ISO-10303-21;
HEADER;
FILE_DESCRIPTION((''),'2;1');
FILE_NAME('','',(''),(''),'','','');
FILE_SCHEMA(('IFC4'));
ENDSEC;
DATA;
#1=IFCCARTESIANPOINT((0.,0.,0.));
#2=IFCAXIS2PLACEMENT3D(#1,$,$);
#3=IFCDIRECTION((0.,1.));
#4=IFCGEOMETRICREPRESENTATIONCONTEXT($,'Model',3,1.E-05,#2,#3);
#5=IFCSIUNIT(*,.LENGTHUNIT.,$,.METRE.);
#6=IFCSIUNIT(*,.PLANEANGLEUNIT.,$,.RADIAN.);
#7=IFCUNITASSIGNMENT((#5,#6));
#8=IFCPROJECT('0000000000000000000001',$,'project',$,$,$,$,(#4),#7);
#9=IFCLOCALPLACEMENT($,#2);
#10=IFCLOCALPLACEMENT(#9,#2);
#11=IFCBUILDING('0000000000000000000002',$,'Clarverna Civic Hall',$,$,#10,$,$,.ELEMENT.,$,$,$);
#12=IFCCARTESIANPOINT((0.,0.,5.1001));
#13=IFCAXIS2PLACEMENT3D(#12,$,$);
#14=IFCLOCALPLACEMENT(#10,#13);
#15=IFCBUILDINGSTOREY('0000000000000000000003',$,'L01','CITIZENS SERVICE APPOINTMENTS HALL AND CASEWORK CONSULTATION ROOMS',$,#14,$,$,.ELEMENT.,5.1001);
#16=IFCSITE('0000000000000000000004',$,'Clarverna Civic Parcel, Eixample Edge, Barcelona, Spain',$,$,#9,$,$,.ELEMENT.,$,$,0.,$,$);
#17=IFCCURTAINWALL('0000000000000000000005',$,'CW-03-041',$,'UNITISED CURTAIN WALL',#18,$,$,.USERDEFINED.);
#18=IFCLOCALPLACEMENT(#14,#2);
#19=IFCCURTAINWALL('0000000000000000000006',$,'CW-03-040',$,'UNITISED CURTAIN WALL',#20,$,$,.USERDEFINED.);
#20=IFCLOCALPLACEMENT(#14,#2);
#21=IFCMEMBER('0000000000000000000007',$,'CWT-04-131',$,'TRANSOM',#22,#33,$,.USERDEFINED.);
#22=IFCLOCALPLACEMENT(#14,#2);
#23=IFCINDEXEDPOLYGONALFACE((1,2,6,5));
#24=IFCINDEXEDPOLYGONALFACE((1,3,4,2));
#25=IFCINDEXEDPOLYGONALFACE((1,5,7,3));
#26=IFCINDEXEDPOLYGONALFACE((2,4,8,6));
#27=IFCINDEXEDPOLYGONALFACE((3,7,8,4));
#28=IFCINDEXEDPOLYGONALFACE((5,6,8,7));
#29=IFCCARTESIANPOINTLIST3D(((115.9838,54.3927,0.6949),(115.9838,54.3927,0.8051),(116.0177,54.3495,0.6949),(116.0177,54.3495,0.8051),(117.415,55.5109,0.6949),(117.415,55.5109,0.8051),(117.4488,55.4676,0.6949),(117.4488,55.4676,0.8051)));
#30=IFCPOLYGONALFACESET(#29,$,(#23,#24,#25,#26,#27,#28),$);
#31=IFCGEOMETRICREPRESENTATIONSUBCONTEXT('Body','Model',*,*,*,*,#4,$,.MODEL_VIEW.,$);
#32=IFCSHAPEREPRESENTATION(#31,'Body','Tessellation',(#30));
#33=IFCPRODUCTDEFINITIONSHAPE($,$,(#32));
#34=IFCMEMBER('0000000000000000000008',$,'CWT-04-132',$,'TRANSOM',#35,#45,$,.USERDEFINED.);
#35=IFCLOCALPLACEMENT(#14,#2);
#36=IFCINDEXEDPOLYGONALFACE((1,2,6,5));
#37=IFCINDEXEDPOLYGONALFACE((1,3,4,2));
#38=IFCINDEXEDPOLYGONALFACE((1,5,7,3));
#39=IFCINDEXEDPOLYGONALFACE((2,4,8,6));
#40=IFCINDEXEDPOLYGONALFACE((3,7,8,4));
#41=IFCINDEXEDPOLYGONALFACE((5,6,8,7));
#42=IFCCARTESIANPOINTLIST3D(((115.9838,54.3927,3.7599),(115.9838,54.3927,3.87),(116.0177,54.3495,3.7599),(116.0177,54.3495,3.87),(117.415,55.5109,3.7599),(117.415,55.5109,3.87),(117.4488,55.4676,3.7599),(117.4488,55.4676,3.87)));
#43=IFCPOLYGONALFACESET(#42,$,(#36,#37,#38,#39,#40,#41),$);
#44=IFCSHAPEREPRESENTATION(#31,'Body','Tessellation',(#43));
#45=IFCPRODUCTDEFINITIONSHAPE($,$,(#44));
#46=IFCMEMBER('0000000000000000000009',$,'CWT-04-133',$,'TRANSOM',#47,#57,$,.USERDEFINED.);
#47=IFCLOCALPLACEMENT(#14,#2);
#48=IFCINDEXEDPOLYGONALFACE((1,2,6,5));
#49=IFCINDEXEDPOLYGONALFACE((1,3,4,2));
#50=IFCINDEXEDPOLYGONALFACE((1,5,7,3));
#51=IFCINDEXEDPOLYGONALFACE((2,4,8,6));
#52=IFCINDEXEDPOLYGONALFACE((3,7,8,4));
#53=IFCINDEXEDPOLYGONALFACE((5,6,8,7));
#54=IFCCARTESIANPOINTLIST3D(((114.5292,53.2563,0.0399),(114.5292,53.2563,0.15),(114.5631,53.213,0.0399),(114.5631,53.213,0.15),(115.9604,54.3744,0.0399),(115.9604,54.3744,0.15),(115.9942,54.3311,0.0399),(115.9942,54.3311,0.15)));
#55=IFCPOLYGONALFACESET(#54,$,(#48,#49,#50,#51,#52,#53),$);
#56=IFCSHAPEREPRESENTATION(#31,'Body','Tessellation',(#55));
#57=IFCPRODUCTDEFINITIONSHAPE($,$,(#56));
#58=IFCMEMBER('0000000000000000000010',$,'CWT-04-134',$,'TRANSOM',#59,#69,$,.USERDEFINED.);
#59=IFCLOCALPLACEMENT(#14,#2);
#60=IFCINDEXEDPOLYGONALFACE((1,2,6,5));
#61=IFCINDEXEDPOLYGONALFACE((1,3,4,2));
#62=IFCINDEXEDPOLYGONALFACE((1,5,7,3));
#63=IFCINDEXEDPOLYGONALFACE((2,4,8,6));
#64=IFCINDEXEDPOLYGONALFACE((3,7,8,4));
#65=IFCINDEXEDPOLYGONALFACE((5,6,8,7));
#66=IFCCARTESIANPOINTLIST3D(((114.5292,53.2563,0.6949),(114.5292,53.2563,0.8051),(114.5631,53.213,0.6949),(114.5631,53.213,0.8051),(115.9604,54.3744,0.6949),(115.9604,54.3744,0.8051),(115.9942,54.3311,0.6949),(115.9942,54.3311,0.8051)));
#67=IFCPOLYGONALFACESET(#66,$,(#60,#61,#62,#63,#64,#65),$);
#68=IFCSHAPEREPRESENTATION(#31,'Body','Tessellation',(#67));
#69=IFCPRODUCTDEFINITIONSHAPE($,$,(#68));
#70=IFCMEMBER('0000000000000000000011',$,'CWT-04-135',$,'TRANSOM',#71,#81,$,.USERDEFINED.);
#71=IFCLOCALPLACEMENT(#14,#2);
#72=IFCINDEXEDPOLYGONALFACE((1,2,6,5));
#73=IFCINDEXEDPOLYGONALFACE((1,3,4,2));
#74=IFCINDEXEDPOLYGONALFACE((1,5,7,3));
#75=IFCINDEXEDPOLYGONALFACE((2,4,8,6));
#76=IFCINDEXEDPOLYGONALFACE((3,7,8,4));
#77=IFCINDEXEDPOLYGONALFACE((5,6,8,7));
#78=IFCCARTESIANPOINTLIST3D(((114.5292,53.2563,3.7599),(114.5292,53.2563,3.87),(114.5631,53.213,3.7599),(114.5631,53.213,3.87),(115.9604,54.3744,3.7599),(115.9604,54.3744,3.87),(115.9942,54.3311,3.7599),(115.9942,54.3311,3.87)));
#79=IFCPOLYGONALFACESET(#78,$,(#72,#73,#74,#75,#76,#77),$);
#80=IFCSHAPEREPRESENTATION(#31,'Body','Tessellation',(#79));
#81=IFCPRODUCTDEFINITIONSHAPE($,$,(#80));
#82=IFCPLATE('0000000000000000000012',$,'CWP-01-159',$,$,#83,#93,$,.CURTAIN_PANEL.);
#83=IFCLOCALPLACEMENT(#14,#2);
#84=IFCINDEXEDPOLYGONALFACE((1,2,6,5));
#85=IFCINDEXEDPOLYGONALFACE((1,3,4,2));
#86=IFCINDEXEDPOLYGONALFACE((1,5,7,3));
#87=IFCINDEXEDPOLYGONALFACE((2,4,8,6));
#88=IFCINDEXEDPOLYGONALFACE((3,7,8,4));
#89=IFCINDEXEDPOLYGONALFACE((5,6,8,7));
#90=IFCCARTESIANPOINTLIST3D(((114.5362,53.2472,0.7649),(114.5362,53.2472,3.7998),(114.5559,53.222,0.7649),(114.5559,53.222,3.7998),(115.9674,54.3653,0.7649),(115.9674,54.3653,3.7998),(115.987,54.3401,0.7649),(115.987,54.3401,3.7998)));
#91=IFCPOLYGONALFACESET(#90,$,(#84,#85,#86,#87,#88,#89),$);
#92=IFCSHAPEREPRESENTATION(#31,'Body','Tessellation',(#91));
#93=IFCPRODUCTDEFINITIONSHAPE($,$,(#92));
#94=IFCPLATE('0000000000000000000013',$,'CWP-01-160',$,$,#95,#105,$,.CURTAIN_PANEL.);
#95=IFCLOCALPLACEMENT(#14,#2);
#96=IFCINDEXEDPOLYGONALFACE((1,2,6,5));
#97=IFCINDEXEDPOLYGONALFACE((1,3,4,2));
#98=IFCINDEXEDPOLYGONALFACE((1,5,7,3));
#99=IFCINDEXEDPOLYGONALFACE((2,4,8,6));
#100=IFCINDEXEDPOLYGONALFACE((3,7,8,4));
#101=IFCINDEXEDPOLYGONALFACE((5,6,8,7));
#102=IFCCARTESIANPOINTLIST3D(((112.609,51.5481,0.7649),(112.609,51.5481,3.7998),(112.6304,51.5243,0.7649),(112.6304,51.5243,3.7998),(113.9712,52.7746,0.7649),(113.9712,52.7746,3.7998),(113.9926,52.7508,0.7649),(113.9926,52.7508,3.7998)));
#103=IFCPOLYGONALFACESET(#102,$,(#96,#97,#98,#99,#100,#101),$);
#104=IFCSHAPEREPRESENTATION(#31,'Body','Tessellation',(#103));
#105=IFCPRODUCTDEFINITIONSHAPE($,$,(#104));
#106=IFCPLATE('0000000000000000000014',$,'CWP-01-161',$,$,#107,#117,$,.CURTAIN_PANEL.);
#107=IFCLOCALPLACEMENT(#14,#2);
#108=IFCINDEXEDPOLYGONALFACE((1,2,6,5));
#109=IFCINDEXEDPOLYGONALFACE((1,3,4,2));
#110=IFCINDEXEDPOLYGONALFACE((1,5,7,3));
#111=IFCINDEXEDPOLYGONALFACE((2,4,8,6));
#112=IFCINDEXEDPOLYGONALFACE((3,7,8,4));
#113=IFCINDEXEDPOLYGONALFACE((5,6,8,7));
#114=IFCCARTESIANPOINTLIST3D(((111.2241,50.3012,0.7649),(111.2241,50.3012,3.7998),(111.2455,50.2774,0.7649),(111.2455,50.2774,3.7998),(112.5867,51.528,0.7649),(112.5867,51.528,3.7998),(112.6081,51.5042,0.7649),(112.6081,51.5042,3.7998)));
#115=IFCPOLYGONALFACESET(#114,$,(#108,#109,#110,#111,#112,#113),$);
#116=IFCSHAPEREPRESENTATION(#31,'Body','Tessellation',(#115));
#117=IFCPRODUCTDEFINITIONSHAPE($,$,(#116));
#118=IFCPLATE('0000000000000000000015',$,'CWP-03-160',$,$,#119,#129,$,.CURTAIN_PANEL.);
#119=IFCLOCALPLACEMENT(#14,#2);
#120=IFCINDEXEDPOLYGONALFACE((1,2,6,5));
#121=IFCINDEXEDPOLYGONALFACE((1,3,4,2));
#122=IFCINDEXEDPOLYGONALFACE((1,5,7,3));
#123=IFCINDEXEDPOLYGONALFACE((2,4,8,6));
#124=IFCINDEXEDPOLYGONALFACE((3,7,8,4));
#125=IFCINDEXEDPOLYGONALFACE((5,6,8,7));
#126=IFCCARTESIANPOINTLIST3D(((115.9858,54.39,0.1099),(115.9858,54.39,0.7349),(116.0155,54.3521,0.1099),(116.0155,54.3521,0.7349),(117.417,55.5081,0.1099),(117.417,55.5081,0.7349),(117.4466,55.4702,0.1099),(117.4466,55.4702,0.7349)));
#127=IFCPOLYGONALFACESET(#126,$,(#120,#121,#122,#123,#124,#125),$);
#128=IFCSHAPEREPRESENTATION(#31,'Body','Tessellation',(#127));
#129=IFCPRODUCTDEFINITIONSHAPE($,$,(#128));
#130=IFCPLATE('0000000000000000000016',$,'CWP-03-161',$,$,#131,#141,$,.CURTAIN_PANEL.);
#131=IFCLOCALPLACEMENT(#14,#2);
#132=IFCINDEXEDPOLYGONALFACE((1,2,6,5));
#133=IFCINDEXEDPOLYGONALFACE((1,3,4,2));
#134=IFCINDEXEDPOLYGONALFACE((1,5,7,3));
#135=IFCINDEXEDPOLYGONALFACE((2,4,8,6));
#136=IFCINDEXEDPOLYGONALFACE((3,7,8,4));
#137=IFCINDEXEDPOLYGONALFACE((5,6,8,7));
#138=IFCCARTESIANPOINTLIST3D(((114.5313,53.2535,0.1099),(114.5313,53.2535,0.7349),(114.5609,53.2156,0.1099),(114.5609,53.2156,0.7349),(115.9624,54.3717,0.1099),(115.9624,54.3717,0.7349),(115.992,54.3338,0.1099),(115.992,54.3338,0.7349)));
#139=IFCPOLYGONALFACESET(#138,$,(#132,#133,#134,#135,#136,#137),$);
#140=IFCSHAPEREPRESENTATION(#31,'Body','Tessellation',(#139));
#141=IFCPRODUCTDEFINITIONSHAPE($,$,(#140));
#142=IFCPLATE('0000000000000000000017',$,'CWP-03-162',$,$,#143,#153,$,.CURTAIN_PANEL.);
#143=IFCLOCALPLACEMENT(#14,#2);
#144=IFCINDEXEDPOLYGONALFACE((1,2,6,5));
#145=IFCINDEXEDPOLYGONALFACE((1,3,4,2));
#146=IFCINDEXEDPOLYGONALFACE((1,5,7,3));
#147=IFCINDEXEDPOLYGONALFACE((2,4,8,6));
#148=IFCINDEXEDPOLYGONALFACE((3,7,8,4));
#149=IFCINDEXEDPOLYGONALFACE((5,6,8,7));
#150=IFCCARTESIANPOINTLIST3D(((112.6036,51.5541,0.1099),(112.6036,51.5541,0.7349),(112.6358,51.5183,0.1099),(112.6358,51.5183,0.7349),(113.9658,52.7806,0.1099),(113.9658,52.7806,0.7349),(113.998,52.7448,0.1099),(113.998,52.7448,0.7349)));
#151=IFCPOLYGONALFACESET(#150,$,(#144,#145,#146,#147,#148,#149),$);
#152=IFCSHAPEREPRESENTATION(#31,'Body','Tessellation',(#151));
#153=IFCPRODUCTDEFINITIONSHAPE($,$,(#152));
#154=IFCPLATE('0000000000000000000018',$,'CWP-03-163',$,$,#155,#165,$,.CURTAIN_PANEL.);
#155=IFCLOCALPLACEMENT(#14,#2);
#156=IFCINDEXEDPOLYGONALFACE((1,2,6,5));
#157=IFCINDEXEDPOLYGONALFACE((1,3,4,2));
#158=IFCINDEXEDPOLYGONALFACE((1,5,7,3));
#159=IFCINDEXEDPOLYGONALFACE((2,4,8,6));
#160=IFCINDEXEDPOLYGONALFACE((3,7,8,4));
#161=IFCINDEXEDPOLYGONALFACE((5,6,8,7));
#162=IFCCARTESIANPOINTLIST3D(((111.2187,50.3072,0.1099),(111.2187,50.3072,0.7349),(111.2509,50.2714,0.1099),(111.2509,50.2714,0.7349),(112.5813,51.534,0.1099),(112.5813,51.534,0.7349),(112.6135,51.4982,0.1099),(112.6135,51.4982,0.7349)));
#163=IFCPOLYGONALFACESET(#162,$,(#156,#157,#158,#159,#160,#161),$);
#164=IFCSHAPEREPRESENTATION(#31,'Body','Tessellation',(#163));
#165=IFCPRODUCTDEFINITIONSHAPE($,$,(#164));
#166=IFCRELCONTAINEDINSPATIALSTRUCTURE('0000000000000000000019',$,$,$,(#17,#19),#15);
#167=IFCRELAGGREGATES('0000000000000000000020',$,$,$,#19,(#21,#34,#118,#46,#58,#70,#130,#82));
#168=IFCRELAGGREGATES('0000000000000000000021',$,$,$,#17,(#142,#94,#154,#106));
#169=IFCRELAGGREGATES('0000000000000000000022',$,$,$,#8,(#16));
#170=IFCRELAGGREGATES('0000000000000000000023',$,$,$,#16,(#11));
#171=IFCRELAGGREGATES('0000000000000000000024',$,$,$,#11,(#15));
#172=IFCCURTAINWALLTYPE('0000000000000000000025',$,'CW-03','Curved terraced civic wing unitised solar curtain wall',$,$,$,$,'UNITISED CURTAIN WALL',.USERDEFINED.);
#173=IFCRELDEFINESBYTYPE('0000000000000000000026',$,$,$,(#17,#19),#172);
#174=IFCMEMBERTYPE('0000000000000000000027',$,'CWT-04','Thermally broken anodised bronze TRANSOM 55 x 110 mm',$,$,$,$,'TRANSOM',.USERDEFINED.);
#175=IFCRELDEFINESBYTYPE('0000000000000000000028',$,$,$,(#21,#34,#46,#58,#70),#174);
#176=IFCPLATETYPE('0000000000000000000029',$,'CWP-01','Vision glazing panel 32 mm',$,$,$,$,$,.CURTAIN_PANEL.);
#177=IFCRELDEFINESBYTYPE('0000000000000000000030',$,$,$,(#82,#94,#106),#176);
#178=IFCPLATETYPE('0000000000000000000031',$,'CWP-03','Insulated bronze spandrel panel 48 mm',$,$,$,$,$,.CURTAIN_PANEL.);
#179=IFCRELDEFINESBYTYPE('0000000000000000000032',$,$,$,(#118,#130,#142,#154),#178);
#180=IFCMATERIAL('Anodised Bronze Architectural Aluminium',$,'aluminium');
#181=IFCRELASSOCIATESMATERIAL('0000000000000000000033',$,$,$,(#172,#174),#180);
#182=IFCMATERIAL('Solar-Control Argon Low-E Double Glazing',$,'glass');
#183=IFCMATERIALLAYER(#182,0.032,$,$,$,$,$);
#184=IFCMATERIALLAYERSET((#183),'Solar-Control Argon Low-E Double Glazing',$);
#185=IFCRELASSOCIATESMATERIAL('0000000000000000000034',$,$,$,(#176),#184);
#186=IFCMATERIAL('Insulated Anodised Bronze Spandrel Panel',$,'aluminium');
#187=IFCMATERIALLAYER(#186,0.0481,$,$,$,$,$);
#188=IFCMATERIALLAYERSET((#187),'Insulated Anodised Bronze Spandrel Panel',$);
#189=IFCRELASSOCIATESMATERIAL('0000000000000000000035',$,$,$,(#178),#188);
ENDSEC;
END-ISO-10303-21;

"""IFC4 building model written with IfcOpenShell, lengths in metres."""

from ifc_helpers import new_model, si_unit, direction, frame, frame_2d, origin, origin_2d, place, context, subcontext, project, spatial, rectangle, extrude, material, layer, layer_set, material_profile, profile_set, type_object, element, aggregate, save


model = new_model("IFC4")

# Units and contexts
model_context = context("Model", 3, precision=1e-05, world=origin(), true_north=direction((0.0, 1.0)))
body_context = subcontext(model_context, "Body", "Model", "MODEL_VIEW")
ifc_project = project(units=[si_unit("LENGTHUNIT", "METRE"), si_unit("PLANEANGLEUNIT", "RADIAN")], contexts=[model_context])

# Site, building, storey
site_placement = place(None, origin())
site = spatial("IfcSite", under=ifc_project, at=site_placement, Name="Clarverna Civic Parcel, Eixample Edge, Barcelona, Spain", CompositionType="ELEMENT", RefElevation=0.0)
building_placement = place(site_placement, origin())
building = spatial("IfcBuilding", under=site, at=building_placement, Name="Clarverna Civic Hall", CompositionType="ELEMENT")
storey_placement = place(building_placement, frame((0.0, 0.0, 5.1001)))
storey = spatial("IfcBuildingStorey", under=building, at=storey_placement, Name="L01", Description="CITIZENS SERVICE APPOINTMENTS HALL AND CASEWORK CONSULTATION ROOMS", CompositionType="ELEMENT", Elevation=5.1001)

# Curtain walls
ifc_material_1 = material(Name="Anodised Bronze Architectural Aluminium", Category="aluminium")
curtain_wall_type = type_object("IfcCurtainWallType", Name="CW-03", Description="Curved terraced civic wing unitised solar curtain wall", ElementType="UNITISED CURTAIN WALL", PredefinedType="USERDEFINED", material=ifc_material_1)
curtain_wall_1_placement = place(storey_placement, origin())
curtain_wall_1 = element("IfcCurtainWall", 1, at=curtain_wall_1_placement, inside=storey, type_object=curtain_wall_type, Name="CW-03-041", ObjectType="UNITISED CURTAIN WALL", PredefinedType="USERDEFINED")
curtain_wall_2_placement = place(storey_placement, origin())
curtain_wall_2 = element("IfcCurtainWall", 2, at=curtain_wall_2_placement, inside=storey, type_object=curtain_wall_type, Name="CW-03-040", ObjectType="UNITISED CURTAIN WALL", PredefinedType="USERDEFINED")

# Members
ifc_material_profile_1 = material_profile(ifc_material_1, rectangle(XDim=0.0549, YDim=0.1101, at=origin_2d()), Name="BRONZE 55x110")
ifc_profile_set_1 = profile_set([ifc_material_profile_1], Name="Anodised Bronze Architectural Aluminium")
member_type_1 = type_object("IfcMemberType", Name="CWT-04", Description="Thermally broken anodised bronze TRANSOM 55 x 110 mm", ElementType="TRANSOM", PredefinedType="USERDEFINED", material=ifc_profile_set_1)
member_1_placement = place(storey_placement, frame((117.4319, 55.4893, 0.75), z_axis=(-0.788004, -0.61567, 0.0), x_axis=(0.61567, -0.788004, 0.0)))
member_1 = element("IfcMember", 3, at=member_1_placement, type_object=member_type_1, Name="CWT-04-131", ObjectType="TRANSOM", PredefinedType="USERDEFINED", context=body_context, shape_type="SweptSolid", body=[
    extrude(rectangle(XDim=0.0549, YDim=0.1101, at=origin_2d()), origin(), (0.0, 0.0, 1.0), 1.8162),
])
member_2_placement = place(storey_placement, frame((117.4319, 55.4893, 3.8149), z_axis=(-0.788004, -0.61567, 0.0), x_axis=(0.61567, -0.788004, 0.0)))
member_2 = element("IfcMember", 4, at=member_2_placement, type_object=member_type_1, Name="CWT-04-132", ObjectType="TRANSOM", PredefinedType="USERDEFINED", context=body_context, shape_type="SweptSolid", body=[
    extrude(rectangle(XDim=0.0549, YDim=0.1101, at=origin_2d()), origin(), (0.0, 0.0, 1.0), 1.8162),
])
member_3_placement = place(storey_placement, frame((115.9773, 54.3528, 0.095), z_axis=(-0.788004, -0.61567, 0.0), x_axis=(0.61567, -0.788004, 0.0)))
member_3 = element("IfcMember", 5, at=member_3_placement, type_object=member_type_1, Name="CWT-04-133", ObjectType="TRANSOM", PredefinedType="USERDEFINED", context=body_context, shape_type="SweptSolid", body=[
    extrude(rectangle(XDim=0.0549, YDim=0.1101, at=origin_2d()), origin(), (0.0, 0.0, 1.0), 1.8162),
])
member_4_placement = place(storey_placement, frame((115.9773, 54.3528, 0.75), z_axis=(-0.788004, -0.61567, 0.0), x_axis=(0.61567, -0.788004, 0.0)))
member_4 = element("IfcMember", 6, at=member_4_placement, type_object=member_type_1, Name="CWT-04-134", ObjectType="TRANSOM", PredefinedType="USERDEFINED", context=body_context, shape_type="SweptSolid", body=[
    extrude(rectangle(XDim=0.0549, YDim=0.1101, at=origin_2d()), origin(), (0.0, 0.0, 1.0), 1.8162),
])
member_5_placement = place(storey_placement, frame((115.9773, 54.3528, 3.8149), z_axis=(-0.788004, -0.61567, 0.0), x_axis=(0.61567, -0.788004, 0.0)))
member_5 = element("IfcMember", 7, at=member_5_placement, type_object=member_type_1, Name="CWT-04-135", ObjectType="TRANSOM", PredefinedType="USERDEFINED", context=body_context, shape_type="SweptSolid", body=[
    extrude(rectangle(XDim=0.0549, YDim=0.1101, at=origin_2d()), origin(), (0.0, 0.0, 1.0), 1.8162),
])

# Plates
ifc_material_2 = material(Name="Solar-Control Argon Low-E Double Glazing", Category="glass")
ifc_layer_1 = layer(ifc_material_2, 0.032)
ifc_layer_set_1 = layer_set([ifc_layer_1], Name="Solar-Control Argon Low-E Double Glazing")
plate_type_1 = type_object("IfcPlateType", Name="CWP-01", Description="Vision glazing panel 32 mm", PredefinedType="CURTAIN_PANEL", material=ifc_layer_set_1)
plate_1_placement = place(storey_placement, frame((115.9773, 54.3528, 0.7649), z_axis=(0.0, 0.0, 1.0), x_axis=(-0.788004, -0.61567, 0.0)))
plate_1 = element("IfcPlate", 8, at=plate_1_placement, type_object=plate_type_1, Name="CWP-01-159", PredefinedType="CURTAIN_PANEL", context=body_context, shape_type="SweptSolid", body=[
    extrude(rectangle(XDim=1.8162, YDim=0.032, at=frame_2d((0.9082, 0.0))), origin(), (0.0, 0.0, 1.0), 3.0349),
])
plate_2_placement = place(storey_placement, frame((113.9819, 52.7627, 0.7649), z_axis=(0.0, 0.0, 1.0), x_axis=(-0.743162, -0.669112, 0.0)))
plate_2 = element("IfcPlate", 9, at=plate_2_placement, type_object=plate_type_1, Name="CWP-01-160", PredefinedType="CURTAIN_PANEL", context=body_context, shape_type="SweptSolid", body=[
    extrude(rectangle(XDim=1.833, YDim=0.032, at=frame_2d((0.9165, 0.0))), origin(), (0.0, 0.0, 1.0), 3.0349),
])
plate_3_placement = place(storey_placement, frame((112.5974, 51.5161, 0.7649), z_axis=(0.0, 0.0, 1.0), x_axis=(-0.743155, -0.669119, 0.0)))
plate_3 = element("IfcPlate", 10, at=plate_3_placement, type_object=plate_type_1, Name="CWP-01-161", PredefinedType="CURTAIN_PANEL", context=body_context, shape_type="SweptSolid", body=[
    extrude(rectangle(XDim=1.8335, YDim=0.032, at=frame_2d((0.9167, 0.0))), origin(), (0.0, 0.0, 1.0), 3.0349),
])
ifc_material_3 = material(Name="Insulated Anodised Bronze Spandrel Panel", Category="aluminium")
ifc_layer_2 = layer(ifc_material_3, 0.0481)
ifc_layer_set_2 = layer_set([ifc_layer_2], Name="Insulated Anodised Bronze Spandrel Panel")
plate_type_2 = type_object("IfcPlateType", Name="CWP-03", Description="Insulated bronze spandrel panel 48 mm", PredefinedType="CURTAIN_PANEL", material=ifc_layer_set_2)
plate_4_placement = place(storey_placement, frame((117.4319, 55.4893, 0.1099), z_axis=(0.0, 0.0, 1.0), x_axis=(-0.788004, -0.61567, 0.0)))
plate_4 = element("IfcPlate", 11, at=plate_4_placement, type_object=plate_type_2, Name="CWP-03-160", PredefinedType="CURTAIN_PANEL", context=body_context, shape_type="SweptSolid", body=[
    extrude(rectangle(XDim=1.8162, YDim=0.0481, at=frame_2d((0.9082, 0.0))), origin(), (0.0, 0.0, 1.0), 0.625),
])
plate_5_placement = place(storey_placement, frame((115.9773, 54.3528, 0.1099), z_axis=(0.0, 0.0, 1.0), x_axis=(-0.788004, -0.61567, 0.0)))
plate_5 = element("IfcPlate", 12, at=plate_5_placement, type_object=plate_type_2, Name="CWP-03-161", PredefinedType="CURTAIN_PANEL", context=body_context, shape_type="SweptSolid", body=[
    extrude(rectangle(XDim=1.8162, YDim=0.0481, at=frame_2d((0.9082, 0.0))), origin(), (0.0, 0.0, 1.0), 0.625),
])
aggregate(curtain_wall_2, [member_1, member_2, plate_4, member_3, member_4, member_5, plate_5, plate_1])
plate_6_placement = place(storey_placement, frame((113.9819, 52.7627, 0.1099), z_axis=(0.0, 0.0, 1.0), x_axis=(-0.743162, -0.669112, 0.0)))
plate_6 = element("IfcPlate", 13, at=plate_6_placement, type_object=plate_type_2, Name="CWP-03-162", PredefinedType="CURTAIN_PANEL", context=body_context, shape_type="SweptSolid", body=[
    extrude(rectangle(XDim=1.833, YDim=0.0481, at=frame_2d((0.9165, 0.0))), origin(), (0.0, 0.0, 1.0), 0.625),
])
plate_7_placement = place(storey_placement, frame((112.5974, 51.5161, 0.1099), z_axis=(0.0, 0.0, 1.0), x_axis=(-0.743155, -0.669119, 0.0)))
plate_7 = element("IfcPlate", 14, at=plate_7_placement, type_object=plate_type_2, Name="CWP-03-163", PredefinedType="CURTAIN_PANEL", context=body_context, shape_type="SweptSolid", body=[
    extrude(rectangle(XDim=1.8335, YDim=0.0481, at=frame_2d((0.9167, 0.0))), origin(), (0.0, 0.0, 1.0), 0.625),
])
aggregate(curtain_wall_1, [plate_6, plate_2, plate_7, plate_3])

save(model, "model.ifc")
